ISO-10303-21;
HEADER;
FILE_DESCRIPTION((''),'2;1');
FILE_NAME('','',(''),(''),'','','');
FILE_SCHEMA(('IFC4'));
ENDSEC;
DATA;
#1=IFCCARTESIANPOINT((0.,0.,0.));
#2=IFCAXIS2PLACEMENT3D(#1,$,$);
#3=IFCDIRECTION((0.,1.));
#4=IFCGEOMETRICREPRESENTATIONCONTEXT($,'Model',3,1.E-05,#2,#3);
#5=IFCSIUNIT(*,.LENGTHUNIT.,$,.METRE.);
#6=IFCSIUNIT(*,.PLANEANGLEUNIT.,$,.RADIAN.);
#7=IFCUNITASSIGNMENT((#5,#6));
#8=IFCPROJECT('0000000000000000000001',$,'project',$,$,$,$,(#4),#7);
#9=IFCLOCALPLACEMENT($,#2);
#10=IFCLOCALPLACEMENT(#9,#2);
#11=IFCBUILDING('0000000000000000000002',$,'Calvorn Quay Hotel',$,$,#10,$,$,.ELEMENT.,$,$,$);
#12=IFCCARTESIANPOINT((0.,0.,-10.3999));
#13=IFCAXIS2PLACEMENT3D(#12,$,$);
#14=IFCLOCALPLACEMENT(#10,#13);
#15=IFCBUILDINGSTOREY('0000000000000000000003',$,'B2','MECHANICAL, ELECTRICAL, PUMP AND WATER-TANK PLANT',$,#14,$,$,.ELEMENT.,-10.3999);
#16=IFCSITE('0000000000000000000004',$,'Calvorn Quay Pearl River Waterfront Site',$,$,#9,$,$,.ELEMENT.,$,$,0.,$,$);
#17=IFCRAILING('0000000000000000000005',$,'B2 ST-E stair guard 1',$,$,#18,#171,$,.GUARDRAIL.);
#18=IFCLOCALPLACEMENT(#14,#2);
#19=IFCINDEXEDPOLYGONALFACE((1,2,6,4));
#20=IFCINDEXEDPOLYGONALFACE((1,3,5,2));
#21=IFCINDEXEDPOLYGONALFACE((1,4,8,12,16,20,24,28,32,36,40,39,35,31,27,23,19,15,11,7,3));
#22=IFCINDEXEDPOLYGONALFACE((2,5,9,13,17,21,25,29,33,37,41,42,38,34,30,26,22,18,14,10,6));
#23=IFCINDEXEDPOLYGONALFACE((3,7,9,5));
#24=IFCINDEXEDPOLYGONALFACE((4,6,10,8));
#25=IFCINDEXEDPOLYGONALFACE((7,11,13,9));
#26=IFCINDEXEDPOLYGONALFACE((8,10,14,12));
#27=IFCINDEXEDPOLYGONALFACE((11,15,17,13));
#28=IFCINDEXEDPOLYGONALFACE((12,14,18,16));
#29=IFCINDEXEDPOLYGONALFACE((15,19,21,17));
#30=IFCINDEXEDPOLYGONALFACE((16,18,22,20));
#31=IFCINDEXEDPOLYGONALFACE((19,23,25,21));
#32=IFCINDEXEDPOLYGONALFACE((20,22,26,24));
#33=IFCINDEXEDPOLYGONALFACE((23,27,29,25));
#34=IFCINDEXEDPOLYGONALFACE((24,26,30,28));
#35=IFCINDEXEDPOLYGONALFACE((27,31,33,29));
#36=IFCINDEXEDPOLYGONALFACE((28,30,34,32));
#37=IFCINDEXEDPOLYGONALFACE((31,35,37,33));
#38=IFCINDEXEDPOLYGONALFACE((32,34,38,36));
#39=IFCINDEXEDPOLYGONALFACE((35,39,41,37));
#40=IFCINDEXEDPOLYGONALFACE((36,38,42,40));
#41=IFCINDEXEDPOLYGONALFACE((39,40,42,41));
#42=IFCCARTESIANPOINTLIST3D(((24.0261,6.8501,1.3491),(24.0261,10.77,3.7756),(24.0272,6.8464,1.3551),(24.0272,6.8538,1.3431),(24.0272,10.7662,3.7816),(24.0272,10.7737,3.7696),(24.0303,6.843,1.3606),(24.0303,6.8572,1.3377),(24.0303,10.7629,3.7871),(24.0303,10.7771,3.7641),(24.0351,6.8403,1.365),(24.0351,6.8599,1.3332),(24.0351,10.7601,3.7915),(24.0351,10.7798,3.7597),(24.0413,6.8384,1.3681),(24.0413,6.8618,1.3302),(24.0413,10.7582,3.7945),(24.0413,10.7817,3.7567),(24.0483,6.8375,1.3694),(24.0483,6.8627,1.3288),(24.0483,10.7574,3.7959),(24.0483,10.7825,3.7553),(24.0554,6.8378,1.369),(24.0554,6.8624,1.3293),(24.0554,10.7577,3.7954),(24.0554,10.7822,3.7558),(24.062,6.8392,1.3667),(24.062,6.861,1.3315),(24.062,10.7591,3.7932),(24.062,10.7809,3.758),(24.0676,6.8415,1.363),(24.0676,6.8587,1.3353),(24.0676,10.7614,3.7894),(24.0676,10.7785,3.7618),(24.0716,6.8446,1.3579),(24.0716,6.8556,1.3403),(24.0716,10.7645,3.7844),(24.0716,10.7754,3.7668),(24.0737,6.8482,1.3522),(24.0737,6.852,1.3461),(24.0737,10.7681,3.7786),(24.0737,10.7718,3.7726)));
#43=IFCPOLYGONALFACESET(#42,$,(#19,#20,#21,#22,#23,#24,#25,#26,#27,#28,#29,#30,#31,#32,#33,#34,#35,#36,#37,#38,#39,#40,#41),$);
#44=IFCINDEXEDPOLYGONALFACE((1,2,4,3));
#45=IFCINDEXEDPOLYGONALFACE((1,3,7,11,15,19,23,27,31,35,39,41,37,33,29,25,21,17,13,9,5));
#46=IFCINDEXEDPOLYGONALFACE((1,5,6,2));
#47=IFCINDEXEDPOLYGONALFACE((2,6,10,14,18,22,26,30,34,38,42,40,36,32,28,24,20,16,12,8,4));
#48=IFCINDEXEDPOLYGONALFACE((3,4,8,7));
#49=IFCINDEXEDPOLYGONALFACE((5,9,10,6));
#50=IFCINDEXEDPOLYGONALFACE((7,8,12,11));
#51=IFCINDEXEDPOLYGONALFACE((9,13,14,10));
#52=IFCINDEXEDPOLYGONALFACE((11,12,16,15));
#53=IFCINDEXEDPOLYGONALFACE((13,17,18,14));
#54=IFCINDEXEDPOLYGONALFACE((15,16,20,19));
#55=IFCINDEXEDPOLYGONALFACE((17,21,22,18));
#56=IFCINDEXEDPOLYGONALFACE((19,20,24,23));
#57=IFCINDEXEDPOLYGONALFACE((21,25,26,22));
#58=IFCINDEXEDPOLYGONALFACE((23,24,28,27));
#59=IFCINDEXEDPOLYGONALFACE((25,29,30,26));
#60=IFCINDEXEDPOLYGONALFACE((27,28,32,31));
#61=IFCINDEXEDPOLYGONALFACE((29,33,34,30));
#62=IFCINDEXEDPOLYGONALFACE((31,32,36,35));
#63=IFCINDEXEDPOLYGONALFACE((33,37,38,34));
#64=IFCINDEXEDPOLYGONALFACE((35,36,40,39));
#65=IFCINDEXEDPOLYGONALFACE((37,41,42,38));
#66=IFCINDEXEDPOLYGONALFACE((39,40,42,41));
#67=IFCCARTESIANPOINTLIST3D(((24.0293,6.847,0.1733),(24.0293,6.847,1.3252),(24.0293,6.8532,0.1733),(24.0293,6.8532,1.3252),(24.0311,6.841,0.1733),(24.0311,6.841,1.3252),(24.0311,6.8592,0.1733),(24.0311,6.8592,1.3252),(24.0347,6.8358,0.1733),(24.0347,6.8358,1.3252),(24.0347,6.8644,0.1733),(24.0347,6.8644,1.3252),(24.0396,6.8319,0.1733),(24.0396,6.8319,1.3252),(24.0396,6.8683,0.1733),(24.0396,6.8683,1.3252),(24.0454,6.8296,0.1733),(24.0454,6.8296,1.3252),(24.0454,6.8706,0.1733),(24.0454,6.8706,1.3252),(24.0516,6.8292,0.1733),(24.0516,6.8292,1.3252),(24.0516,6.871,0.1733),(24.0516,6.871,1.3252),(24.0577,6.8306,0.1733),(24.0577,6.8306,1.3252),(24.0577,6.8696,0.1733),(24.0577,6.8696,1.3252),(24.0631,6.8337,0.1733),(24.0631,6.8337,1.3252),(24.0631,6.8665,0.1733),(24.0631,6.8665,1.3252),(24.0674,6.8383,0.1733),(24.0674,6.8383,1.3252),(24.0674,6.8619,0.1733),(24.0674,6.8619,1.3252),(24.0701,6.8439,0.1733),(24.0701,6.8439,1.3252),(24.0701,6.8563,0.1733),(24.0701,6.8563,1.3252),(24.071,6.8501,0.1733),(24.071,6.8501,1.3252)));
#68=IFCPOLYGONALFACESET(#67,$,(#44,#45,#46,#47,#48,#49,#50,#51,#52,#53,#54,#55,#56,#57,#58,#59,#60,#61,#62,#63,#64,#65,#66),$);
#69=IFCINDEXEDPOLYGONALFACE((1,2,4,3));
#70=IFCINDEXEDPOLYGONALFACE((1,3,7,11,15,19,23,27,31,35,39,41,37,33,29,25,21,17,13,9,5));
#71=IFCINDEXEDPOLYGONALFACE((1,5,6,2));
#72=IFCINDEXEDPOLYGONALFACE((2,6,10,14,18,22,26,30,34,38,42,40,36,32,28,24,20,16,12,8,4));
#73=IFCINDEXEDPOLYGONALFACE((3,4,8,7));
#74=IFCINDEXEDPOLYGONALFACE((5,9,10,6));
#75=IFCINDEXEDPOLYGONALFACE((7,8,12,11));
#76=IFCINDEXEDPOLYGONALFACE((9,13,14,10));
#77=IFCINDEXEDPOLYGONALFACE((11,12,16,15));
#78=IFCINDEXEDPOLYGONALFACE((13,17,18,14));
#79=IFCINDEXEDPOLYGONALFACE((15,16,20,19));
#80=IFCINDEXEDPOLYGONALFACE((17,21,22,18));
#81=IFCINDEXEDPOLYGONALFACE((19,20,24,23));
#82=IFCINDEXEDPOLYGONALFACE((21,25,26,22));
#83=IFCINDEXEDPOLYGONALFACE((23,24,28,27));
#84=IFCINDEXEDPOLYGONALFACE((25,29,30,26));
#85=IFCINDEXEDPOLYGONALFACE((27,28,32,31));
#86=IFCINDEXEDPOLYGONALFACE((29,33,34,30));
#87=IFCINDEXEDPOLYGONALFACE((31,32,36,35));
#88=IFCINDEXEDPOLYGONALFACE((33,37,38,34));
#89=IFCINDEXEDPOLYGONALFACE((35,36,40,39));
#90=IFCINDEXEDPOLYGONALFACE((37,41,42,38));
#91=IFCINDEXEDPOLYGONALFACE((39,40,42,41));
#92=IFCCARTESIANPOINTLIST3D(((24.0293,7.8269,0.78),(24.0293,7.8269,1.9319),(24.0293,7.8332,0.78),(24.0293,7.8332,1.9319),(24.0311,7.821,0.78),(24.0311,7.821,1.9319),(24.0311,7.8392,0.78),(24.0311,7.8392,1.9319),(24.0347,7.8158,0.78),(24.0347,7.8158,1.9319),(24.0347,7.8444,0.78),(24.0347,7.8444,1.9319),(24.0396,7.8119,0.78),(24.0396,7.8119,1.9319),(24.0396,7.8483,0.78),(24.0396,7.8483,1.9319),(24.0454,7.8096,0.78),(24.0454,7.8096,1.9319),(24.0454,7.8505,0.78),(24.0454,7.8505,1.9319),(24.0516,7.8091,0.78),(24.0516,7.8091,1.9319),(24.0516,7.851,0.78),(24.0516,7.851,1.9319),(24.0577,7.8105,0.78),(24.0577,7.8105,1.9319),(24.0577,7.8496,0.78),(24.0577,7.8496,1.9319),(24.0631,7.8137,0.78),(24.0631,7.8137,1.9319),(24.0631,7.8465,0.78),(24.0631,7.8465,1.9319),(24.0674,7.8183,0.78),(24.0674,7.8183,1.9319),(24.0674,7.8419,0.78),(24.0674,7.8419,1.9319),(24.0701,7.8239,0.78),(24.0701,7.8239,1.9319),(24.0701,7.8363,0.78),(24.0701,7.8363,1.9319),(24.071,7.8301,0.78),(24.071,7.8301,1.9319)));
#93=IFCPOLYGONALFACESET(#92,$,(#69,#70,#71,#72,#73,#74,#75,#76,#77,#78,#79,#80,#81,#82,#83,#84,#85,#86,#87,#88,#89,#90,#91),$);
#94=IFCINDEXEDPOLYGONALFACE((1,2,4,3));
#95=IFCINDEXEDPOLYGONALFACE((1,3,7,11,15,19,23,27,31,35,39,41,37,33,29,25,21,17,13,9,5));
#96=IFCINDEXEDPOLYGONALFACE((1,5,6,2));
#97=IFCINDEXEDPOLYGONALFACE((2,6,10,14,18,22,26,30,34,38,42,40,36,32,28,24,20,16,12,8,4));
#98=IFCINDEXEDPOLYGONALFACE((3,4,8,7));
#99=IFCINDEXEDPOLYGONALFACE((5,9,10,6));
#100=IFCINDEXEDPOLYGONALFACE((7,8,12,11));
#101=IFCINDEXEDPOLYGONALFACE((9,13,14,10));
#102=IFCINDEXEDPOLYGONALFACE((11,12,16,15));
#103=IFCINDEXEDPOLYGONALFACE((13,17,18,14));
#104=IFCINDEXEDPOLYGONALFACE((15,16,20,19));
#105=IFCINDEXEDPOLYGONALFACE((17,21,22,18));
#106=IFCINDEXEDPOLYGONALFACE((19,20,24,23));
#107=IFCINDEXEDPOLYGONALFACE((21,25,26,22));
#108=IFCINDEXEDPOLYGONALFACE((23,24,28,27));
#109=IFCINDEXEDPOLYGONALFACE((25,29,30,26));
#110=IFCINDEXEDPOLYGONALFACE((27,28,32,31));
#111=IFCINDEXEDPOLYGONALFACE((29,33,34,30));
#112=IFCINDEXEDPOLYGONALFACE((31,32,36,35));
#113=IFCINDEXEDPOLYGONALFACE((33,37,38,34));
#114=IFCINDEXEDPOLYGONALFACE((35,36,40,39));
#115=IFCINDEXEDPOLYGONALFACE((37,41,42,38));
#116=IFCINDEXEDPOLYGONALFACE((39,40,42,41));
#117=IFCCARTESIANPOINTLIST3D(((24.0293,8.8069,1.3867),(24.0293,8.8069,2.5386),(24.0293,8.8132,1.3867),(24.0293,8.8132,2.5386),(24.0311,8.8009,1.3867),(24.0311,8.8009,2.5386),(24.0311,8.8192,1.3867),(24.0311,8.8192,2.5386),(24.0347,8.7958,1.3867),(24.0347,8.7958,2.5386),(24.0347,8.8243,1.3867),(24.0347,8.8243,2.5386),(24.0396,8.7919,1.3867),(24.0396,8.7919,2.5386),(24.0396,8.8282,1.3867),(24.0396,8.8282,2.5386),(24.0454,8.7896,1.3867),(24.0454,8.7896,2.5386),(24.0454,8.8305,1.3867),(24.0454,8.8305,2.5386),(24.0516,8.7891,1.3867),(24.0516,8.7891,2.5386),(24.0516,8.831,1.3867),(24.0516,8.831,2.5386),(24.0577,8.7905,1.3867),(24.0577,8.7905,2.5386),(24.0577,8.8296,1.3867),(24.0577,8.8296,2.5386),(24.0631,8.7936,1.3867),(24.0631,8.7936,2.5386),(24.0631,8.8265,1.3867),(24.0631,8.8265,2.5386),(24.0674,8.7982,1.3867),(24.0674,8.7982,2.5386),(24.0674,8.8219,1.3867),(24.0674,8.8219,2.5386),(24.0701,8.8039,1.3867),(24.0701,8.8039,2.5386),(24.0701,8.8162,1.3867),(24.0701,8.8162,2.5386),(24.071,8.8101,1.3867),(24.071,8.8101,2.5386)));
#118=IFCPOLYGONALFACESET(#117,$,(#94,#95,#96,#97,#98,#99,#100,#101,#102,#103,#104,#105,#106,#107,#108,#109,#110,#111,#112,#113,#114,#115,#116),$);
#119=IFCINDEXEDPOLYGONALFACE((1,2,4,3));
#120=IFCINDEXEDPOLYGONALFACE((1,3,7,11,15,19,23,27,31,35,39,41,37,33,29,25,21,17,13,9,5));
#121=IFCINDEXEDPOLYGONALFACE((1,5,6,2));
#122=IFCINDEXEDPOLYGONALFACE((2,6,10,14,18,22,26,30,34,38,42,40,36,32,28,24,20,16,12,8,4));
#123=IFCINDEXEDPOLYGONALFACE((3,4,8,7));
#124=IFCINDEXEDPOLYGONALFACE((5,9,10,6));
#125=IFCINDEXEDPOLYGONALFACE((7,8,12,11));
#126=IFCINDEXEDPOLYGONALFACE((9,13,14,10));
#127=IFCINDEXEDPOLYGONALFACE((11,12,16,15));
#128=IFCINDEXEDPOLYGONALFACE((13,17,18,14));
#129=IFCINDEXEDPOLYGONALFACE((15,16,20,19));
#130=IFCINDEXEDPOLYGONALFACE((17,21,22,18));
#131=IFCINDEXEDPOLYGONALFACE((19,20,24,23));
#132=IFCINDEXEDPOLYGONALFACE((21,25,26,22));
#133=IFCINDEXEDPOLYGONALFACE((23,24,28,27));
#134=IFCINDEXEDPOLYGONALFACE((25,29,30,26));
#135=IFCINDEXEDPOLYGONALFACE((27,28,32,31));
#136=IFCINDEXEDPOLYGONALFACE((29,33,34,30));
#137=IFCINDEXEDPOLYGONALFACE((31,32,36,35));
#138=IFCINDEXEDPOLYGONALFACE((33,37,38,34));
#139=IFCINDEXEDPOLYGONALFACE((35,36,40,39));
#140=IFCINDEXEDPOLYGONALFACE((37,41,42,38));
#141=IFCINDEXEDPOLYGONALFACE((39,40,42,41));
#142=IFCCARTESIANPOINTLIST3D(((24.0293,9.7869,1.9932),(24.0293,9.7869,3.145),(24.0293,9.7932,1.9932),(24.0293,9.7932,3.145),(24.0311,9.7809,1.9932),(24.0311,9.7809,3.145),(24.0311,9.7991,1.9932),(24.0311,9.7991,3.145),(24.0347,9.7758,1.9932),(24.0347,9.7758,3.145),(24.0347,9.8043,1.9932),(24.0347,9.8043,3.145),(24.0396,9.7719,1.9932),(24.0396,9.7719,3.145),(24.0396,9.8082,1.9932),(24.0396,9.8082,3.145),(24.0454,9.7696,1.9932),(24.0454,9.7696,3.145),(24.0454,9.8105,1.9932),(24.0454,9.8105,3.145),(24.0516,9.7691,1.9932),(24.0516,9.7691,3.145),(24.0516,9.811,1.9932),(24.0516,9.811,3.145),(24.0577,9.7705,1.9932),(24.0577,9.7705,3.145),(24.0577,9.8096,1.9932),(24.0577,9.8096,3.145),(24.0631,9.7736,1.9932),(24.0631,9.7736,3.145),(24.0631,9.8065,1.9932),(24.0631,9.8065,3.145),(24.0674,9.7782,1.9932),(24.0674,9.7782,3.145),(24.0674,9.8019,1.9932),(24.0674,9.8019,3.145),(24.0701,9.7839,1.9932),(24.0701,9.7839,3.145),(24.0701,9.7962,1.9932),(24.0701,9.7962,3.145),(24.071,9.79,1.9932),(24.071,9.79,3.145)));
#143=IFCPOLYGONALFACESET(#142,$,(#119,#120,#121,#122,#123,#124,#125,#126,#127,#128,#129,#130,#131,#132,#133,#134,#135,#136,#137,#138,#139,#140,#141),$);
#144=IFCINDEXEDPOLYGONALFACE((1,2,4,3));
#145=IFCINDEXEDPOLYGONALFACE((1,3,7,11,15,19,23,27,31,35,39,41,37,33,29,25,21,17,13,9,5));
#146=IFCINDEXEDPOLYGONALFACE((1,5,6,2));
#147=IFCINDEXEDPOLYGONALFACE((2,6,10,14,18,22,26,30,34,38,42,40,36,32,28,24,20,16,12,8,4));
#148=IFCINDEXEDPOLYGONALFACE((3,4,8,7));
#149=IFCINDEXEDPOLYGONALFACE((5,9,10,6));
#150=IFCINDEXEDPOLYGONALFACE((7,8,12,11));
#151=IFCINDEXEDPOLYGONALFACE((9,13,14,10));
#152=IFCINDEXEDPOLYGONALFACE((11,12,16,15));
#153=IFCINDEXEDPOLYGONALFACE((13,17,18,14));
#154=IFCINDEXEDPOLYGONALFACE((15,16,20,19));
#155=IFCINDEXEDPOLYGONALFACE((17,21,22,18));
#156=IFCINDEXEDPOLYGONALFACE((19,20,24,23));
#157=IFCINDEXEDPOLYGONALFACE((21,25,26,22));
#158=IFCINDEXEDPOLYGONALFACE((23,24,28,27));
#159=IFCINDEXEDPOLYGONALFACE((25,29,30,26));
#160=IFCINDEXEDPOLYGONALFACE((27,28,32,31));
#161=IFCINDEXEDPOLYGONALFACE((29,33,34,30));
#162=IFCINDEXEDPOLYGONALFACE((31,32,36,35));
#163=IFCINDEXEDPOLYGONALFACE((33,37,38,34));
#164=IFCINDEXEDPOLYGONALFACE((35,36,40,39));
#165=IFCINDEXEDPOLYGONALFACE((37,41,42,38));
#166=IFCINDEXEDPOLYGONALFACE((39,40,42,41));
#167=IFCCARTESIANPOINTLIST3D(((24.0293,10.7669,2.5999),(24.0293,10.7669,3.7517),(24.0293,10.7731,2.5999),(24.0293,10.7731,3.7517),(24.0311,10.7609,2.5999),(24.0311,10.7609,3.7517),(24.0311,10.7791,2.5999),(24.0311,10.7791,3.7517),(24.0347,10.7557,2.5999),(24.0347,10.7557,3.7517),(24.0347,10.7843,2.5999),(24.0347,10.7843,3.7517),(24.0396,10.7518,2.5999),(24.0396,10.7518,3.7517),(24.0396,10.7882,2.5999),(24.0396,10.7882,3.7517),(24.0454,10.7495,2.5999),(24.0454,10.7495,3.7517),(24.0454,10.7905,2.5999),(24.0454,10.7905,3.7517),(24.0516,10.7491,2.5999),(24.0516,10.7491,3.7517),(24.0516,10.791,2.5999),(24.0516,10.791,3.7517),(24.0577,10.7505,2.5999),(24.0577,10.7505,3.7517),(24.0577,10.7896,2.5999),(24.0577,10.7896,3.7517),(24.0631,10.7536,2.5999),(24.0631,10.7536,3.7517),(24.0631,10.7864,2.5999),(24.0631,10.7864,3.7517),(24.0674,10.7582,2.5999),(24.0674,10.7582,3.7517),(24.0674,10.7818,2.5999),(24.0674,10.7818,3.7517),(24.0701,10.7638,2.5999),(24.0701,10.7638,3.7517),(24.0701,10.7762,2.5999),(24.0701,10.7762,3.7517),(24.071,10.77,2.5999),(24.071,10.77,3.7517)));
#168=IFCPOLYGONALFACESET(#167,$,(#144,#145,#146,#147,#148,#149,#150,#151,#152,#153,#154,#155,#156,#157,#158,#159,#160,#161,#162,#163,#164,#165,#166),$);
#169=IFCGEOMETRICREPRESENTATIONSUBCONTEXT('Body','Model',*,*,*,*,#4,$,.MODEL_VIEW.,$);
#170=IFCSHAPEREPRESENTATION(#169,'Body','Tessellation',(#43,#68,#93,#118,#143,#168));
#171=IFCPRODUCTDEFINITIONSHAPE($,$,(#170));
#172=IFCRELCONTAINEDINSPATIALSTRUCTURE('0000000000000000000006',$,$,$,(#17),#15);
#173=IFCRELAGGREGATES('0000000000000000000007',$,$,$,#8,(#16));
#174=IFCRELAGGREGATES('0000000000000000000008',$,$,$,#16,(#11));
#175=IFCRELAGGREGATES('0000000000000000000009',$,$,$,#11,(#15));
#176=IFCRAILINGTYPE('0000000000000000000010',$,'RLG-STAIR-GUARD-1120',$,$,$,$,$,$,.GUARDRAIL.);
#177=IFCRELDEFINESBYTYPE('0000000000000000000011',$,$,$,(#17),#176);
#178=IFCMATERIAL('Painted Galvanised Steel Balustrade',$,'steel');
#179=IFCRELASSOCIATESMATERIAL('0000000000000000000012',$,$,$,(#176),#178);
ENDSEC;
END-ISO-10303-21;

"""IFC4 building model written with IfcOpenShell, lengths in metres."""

from ifc_helpers import new_model, si_unit, direction, frame, origin, origin_2d, place, context, subcontext, project, spatial, circle, extrude, material, type_object, element, save


model = new_model("IFC4")

# Units and contexts
model_context = context("Model", 3, precision=1e-05, world=origin(), true_north=direction((0.0, 1.0)))
body_context = subcontext(model_context, "Body", "Model", "MODEL_VIEW")
ifc_project = project(units=[si_unit("LENGTHUNIT", "METRE"), si_unit("PLANEANGLEUNIT", "RADIAN")], contexts=[model_context])

# Site, building, storey
site_placement = place(None, origin())
site = spatial("IfcSite", under=ifc_project, at=site_placement, Name="Calvorn Quay Pearl River Waterfront Site", CompositionType="ELEMENT", RefElevation=0.0)
building_placement = place(site_placement, origin())
building = spatial("IfcBuilding", under=site, at=building_placement, Name="Calvorn Quay Hotel", CompositionType="ELEMENT")
storey_placement = place(building_placement, frame((0.0, 0.0, -10.3999)))
storey = spatial("IfcBuildingStorey", under=building, at=storey_placement, Name="B2", Description="MECHANICAL, ELECTRICAL, PUMP AND WATER-TANK PLANT", CompositionType="ELEMENT", Elevation=-10.3999)

# Railing
ifc_material_1 = material(Name="Painted Galvanised Steel Balustrade", Category="steel")
railing_type_1 = type_object("IfcRailingType", Name="RLG-STAIR-GUARD-1120", PredefinedType="GUARDRAIL", material=ifc_material_1)
railing_1_placement = place(storey_placement, frame((24.05, 6.8501, 0.1733)))
element("IfcRailing", 1, at=railing_1_placement, inside=storey, type_object=railing_type_1, Name="B2 ST-E stair guard 1", PredefinedType="GUARDRAIL", context=body_context, shape_type="SweptSolid", body=[
    extrude(circle(Radius=0.0239, at=origin_2d()), frame((0.0, 0.0, 1.1758), z_axis=(0.0, 0.850275, 0.526338), x_axis=(-1.0, 0.0, 0.0)), (0.0, 0.0, 1.0), 4.6101),
    extrude(circle(Radius=0.021, at=origin_2d()), origin(), (0.0, 0.0, 1.0), 1.1519),
    extrude(circle(Radius=0.021, at=origin_2d()), frame((0.0, 0.98, 0.6067)), (0.0, 0.0, 1.0), 1.1519),
    extrude(circle(Radius=0.021, at=origin_2d()), frame((0.0, 1.96, 1.2134)), (0.0, 0.0, 1.0), 1.1519),
    extrude(circle(Radius=0.021, at=origin_2d()), frame((0.0, 2.9399, 1.8198)), (0.0, 0.0, 1.0), 1.1519),
    extrude(circle(Radius=0.021, at=origin_2d()), frame((0.0, 3.9199, 2.4265)), (0.0, 0.0, 1.0), 1.1519),
])

save(model, "model.ifc")
